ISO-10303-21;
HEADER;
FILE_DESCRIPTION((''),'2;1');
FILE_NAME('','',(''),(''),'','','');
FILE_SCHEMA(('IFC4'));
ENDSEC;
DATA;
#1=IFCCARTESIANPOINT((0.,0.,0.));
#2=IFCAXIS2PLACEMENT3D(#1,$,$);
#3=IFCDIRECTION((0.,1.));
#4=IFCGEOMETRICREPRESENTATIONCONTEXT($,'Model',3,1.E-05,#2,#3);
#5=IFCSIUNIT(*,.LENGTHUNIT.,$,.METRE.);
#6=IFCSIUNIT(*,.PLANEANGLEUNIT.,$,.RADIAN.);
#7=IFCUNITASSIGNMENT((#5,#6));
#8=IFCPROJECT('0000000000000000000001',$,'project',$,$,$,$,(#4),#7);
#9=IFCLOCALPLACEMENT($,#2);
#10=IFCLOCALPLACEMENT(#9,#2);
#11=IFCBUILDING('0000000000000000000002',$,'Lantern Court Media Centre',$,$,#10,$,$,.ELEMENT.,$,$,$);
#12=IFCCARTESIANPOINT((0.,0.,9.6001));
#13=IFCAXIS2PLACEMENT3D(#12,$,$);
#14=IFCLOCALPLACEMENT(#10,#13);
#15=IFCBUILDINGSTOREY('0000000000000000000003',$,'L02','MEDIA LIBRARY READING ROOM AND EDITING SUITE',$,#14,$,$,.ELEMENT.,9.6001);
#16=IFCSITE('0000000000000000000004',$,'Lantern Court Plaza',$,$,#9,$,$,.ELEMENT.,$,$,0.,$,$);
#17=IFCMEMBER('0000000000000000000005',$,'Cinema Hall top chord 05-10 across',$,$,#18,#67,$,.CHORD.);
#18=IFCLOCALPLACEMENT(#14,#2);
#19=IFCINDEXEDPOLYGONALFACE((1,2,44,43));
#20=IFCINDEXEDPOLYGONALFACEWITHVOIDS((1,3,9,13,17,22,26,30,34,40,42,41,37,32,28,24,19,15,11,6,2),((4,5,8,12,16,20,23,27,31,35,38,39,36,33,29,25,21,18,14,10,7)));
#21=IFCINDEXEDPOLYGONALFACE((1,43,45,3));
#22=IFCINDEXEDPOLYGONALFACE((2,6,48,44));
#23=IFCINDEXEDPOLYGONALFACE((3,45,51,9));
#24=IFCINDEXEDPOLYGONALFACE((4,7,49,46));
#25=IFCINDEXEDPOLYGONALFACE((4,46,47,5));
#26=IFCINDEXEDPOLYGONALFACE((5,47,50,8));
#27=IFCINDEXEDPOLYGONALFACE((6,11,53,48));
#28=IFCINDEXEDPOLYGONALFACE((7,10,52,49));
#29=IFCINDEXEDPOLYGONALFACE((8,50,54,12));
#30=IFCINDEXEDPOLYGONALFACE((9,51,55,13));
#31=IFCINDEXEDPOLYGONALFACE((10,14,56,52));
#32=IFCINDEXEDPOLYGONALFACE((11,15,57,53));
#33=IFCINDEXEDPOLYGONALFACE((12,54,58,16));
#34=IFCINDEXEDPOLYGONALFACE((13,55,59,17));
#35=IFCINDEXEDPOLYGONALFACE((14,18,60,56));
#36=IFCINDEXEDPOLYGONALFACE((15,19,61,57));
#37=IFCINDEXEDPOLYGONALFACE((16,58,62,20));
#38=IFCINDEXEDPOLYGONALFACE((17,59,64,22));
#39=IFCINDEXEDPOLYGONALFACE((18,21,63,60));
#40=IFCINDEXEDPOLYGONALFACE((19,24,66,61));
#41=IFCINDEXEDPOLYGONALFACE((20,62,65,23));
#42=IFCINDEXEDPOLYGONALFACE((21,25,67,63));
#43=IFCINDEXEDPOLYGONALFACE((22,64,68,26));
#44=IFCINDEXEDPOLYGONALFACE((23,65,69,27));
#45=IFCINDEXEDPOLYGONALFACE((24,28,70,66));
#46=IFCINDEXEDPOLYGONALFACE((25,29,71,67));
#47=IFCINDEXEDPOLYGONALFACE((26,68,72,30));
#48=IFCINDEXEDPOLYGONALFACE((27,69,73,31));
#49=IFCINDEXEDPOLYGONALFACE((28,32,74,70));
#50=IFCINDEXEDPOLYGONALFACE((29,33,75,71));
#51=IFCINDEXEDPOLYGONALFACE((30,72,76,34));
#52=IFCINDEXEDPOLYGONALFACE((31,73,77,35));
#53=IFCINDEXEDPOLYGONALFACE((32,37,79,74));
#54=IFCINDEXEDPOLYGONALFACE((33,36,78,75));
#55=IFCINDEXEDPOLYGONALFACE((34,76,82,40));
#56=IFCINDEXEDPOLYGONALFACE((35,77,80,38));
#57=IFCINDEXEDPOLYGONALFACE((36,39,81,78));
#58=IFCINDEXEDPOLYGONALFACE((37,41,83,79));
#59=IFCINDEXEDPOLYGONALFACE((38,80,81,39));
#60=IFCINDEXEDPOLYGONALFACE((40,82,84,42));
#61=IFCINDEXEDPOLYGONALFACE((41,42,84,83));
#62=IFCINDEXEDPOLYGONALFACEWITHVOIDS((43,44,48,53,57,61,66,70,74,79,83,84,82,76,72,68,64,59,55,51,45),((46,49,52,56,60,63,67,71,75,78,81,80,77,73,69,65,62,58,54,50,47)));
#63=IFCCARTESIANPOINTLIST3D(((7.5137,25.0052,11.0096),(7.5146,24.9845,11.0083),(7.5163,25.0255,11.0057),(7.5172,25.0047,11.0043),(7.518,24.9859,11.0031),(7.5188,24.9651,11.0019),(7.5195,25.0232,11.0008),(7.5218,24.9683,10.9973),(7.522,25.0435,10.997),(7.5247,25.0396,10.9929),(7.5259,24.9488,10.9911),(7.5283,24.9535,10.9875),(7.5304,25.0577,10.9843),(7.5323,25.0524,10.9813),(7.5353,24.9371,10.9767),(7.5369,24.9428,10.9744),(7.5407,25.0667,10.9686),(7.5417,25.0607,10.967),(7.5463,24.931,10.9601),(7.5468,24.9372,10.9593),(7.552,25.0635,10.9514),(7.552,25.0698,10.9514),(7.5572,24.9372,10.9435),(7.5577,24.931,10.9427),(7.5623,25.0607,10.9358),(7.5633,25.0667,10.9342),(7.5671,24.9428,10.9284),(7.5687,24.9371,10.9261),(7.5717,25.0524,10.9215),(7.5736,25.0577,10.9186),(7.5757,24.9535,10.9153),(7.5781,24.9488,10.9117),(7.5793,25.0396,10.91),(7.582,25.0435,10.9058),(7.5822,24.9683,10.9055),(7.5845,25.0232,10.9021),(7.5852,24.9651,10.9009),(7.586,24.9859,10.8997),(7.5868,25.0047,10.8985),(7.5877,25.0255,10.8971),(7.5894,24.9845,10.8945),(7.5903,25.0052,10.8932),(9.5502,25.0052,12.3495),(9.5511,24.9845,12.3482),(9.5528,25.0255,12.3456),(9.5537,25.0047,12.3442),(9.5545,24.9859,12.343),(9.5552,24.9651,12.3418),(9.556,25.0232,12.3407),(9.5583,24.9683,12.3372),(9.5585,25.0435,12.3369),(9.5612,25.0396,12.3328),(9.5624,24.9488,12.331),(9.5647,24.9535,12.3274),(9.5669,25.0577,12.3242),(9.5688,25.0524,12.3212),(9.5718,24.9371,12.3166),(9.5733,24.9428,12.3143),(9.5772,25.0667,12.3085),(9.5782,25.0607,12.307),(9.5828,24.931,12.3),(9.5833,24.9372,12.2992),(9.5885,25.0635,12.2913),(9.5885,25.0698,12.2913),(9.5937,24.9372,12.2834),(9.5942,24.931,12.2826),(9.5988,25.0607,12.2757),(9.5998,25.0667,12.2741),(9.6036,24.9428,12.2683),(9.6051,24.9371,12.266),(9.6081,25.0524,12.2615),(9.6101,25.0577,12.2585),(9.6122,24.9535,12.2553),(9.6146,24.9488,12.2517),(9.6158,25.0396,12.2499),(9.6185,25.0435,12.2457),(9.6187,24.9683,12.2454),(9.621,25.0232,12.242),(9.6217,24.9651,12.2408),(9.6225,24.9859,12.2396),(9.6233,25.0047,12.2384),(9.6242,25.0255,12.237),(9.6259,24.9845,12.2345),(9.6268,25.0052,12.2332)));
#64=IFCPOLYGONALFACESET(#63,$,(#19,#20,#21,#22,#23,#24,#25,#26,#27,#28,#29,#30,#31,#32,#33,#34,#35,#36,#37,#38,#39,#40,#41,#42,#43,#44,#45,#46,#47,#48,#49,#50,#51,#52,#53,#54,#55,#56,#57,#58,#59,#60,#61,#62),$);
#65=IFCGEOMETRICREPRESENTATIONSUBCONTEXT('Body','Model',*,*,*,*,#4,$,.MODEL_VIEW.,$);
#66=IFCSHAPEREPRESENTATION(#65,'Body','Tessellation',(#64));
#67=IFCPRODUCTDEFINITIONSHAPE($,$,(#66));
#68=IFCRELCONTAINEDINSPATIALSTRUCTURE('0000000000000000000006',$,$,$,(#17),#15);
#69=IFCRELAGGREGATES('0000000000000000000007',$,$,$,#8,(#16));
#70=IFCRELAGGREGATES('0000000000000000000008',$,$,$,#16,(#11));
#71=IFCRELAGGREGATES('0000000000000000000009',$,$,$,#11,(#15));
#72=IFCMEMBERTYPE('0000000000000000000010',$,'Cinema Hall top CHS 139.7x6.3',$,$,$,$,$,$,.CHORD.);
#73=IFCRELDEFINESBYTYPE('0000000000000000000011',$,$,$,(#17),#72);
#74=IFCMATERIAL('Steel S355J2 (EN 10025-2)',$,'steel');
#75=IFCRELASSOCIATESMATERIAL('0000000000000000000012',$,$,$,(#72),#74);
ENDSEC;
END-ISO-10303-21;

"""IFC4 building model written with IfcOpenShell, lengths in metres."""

from ifc_helpers import new_model, si_unit, direction, frame, origin, origin_2d, place, context, subcontext, project, spatial, hollow_circle, extrude, material, material_profile, profile_set, type_object, element, save


model = new_model("IFC4")

# Units and contexts
model_context = context("Model", 3, precision=1e-05, world=origin(), true_north=direction((0.0, 1.0)))
body_context = subcontext(model_context, "Body", "Model", "MODEL_VIEW")
ifc_project = project(units=[si_unit("LENGTHUNIT", "METRE"), si_unit("PLANEANGLEUNIT", "RADIAN")], contexts=[model_context])

# Site, building, storey
site_placement = place(None, origin())
site = spatial("IfcSite", under=ifc_project, at=site_placement, Name="Lantern Court Plaza", CompositionType="ELEMENT", RefElevation=0.0)
building_placement = place(site_placement, origin())
building = spatial("IfcBuilding", under=site, at=building_placement, Name="Lantern Court Media Centre", CompositionType="ELEMENT")
storey_placement = place(building_placement, frame((0.0, 0.0, 9.6001)))
storey = spatial("IfcBuildingStorey", under=building, at=storey_placement, Name="L02", Description="MEDIA LIBRARY READING ROOM AND EDITING SUITE", CompositionType="ELEMENT", Elevation=9.6001)

# Member
ifc_material = material(Name="Steel S355J2 (EN 10025-2)", Category="steel")
ifc_material_profile_1 = material_profile(ifc_material, hollow_circle(Radius=0.0698, WallThickness=0.0063, at=origin_2d()), Name="Cinema Hall top CHS 139.7x6.3")
ifc_profile_set_1 = profile_set([ifc_material_profile_1], Name="Steel S355J2 (EN 10025-2)")
member_type_1 = type_object("IfcMemberType", Name="Cinema Hall top CHS 139.7x6.3", PredefinedType="CHORD", material=ifc_profile_set_1)
member_1_placement = place(storey_placement, frame((7.552, 25.0, 10.9514), z_axis=(0.835394, 0.0, 0.549651), x_axis=(0.0, 1.0, 0.0)))
element("IfcMember", 1, at=member_1_placement, inside=storey, type_object=member_type_1, Name="Cinema Hall top chord 05-10 across", PredefinedType="CHORD", context=body_context, shape_type="SweptSolid", body=[
    extrude(hollow_circle(Radius=0.0698, WallThickness=0.0063, at=origin_2d()), origin(), (0.0, 0.0, 1.0), 2.4377),
])

save(model, "model.ifc")
